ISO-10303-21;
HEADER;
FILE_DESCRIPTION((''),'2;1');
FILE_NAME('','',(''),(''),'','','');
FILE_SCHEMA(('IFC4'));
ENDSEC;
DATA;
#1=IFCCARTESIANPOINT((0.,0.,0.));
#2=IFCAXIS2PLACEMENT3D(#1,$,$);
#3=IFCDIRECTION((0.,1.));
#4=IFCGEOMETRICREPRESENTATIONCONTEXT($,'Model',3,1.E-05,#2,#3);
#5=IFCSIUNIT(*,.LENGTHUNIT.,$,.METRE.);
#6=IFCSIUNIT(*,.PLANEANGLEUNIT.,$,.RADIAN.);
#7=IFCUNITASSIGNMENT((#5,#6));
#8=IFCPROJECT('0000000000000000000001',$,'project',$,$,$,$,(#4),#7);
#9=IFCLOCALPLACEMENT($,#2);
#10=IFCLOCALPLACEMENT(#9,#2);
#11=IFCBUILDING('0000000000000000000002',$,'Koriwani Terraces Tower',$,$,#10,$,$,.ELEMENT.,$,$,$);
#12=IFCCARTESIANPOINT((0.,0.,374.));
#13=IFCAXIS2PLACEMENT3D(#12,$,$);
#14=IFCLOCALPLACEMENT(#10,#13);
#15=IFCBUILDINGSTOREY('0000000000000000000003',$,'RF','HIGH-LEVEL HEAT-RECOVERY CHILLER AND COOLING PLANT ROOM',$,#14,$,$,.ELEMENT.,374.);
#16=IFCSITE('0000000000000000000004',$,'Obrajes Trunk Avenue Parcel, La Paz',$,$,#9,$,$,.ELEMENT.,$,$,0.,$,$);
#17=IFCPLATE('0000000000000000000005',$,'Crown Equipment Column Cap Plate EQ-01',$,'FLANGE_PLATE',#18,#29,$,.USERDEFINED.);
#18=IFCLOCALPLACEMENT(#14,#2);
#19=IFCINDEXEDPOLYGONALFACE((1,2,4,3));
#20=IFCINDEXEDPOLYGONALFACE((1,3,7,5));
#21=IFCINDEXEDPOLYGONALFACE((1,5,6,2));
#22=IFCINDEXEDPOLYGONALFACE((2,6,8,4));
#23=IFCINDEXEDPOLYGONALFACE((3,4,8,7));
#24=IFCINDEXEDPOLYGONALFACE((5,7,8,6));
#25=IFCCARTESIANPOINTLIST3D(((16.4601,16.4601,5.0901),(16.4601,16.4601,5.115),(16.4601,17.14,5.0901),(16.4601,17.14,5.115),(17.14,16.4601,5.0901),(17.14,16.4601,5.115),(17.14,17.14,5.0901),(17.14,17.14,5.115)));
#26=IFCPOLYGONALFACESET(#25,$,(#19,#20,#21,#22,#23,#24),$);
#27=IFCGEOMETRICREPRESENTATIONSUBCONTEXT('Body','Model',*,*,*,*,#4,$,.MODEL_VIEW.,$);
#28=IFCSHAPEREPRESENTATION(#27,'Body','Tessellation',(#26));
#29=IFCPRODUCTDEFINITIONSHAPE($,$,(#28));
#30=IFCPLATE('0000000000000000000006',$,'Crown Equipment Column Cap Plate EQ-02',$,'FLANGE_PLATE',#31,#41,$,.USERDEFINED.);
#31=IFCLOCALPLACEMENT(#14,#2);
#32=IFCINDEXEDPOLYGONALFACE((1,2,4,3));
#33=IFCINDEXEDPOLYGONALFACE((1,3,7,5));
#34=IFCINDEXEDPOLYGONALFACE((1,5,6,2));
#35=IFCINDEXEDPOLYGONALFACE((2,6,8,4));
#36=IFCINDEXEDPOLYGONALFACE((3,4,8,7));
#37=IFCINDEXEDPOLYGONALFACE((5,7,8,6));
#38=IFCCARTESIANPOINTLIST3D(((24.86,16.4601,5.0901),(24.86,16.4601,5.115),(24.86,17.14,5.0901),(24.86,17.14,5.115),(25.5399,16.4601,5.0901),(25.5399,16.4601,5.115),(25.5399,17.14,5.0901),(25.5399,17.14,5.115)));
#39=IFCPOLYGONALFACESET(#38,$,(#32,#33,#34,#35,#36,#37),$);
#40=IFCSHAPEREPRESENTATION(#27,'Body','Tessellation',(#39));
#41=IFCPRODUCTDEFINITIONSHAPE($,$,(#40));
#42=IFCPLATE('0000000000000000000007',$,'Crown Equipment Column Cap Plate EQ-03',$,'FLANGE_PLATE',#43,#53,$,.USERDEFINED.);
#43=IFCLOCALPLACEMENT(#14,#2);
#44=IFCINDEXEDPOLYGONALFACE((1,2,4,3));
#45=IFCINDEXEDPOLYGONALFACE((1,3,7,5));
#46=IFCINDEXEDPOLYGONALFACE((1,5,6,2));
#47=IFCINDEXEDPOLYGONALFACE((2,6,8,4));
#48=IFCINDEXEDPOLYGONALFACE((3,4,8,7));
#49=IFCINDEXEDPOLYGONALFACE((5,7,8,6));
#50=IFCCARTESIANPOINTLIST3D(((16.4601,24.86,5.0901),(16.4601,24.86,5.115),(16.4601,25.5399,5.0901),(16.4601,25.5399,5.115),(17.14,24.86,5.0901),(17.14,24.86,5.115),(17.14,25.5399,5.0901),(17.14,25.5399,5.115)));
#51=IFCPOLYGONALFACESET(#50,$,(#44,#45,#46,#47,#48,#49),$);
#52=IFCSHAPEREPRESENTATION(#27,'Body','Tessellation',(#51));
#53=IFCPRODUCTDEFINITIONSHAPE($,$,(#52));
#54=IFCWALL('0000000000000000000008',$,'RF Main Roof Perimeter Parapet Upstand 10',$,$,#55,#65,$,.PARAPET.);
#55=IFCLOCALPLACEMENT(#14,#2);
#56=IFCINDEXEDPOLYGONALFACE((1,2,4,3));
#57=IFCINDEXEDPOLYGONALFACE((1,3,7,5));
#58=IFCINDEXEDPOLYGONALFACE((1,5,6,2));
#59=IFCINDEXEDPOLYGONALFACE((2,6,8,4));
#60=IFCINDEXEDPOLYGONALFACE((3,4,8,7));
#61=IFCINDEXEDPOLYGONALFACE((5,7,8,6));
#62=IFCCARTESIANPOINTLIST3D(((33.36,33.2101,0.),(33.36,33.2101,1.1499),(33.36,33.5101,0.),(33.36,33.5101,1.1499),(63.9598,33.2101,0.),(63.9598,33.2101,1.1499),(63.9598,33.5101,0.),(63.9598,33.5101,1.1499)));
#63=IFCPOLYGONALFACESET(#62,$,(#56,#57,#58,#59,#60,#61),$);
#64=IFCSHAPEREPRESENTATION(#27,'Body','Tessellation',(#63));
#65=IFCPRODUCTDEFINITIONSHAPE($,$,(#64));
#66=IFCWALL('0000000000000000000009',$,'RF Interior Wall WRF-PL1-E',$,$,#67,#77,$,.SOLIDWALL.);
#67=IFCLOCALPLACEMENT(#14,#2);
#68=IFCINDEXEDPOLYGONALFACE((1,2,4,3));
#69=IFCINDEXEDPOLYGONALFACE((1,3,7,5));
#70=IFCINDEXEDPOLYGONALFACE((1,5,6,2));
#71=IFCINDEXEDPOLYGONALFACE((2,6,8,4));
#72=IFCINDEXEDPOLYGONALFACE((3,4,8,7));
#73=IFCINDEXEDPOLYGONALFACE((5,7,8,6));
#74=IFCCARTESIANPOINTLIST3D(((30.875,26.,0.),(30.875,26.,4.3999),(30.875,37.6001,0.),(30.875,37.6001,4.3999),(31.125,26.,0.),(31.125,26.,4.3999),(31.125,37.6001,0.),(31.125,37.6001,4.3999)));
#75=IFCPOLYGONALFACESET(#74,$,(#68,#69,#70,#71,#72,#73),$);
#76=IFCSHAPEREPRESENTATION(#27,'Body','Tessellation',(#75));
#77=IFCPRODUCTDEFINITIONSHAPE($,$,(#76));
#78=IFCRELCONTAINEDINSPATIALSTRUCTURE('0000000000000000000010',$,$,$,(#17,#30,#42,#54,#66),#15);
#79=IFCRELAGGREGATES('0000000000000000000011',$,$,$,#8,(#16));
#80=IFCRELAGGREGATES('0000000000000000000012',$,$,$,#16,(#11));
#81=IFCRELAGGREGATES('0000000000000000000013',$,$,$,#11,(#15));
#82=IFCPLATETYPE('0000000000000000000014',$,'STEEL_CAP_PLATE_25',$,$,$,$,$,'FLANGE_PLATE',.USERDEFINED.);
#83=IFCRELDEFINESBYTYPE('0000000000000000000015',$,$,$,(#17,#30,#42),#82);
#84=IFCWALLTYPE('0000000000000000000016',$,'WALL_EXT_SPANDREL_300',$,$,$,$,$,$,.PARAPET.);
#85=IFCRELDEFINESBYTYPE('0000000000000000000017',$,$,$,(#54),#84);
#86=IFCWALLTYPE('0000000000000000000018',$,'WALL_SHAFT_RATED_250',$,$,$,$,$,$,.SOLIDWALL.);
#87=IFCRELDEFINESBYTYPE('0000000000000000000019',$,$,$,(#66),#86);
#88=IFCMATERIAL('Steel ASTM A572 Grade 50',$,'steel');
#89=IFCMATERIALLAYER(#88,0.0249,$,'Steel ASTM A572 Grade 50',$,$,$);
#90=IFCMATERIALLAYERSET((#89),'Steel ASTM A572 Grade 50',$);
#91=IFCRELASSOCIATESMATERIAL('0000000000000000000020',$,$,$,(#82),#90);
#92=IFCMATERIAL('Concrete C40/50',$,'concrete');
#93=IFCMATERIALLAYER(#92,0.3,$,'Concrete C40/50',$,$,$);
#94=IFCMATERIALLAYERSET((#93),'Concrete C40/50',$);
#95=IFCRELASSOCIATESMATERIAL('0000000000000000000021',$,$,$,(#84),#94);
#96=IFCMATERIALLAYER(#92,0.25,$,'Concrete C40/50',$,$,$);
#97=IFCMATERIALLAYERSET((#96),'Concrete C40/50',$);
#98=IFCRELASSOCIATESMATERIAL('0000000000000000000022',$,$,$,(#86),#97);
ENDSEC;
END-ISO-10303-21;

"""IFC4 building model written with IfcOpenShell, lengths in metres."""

from ifc_helpers import new_model, si_unit, direction, frame, frame_2d, origin, origin_2d, place, context, subcontext, project, spatial, rectangle, extrude, material, layer, layer_set, type_object, element, save


model = new_model("IFC4")

# Units and contexts
model_context = context("Model", 3, precision=1e-05, world=origin(), true_north=direction((0.0, 1.0)))
body_context = subcontext(model_context, "Body", "Model", "MODEL_VIEW")
ifc_project = project(units=[si_unit("LENGTHUNIT", "METRE"), si_unit("PLANEANGLEUNIT", "RADIAN")], contexts=[model_context])

# Site, building, storey
site_placement = place(None, origin())
site = spatial("IfcSite", under=ifc_project, at=site_placement, Name="Obrajes Trunk Avenue Parcel, La Paz", CompositionType="ELEMENT", RefElevation=0.0)
building_placement = place(site_placement, origin())
building = spatial("IfcBuilding", under=site, at=building_placement, Name="Koriwani Terraces Tower", CompositionType="ELEMENT")
storey_placement = place(building_placement, frame((0.0, 0.0, 374.0)))
storey = spatial("IfcBuildingStorey", under=building, at=storey_placement, Name="RF", Description="HIGH-LEVEL HEAT-RECOVERY CHILLER AND COOLING PLANT ROOM", CompositionType="ELEMENT", Elevation=374.0)

# Shared definitions
ifc_material_1 = material(Name="Steel ASTM A572 Grade 50", Category="steel")

# Shared definitions
ifc_material_2 = material(Name="Concrete C40/50", Category="concrete")

# Plates
ifc_layer_1 = layer(ifc_material_1, 0.0249, Name="Steel ASTM A572 Grade 50")
ifc_layer_set_1 = layer_set([ifc_layer_1], Name="Steel ASTM A572 Grade 50")
plate_type_1 = type_object("IfcPlateType", Name="STEEL_CAP_PLATE_25", ElementType="FLANGE_PLATE", PredefinedType="USERDEFINED", material=ifc_layer_set_1)
for number, where, z_axis, x_axis, name in (
    (1, (16.8, 16.8, 5.0901), (0.0, 0.0, 1.0), (1.0, 0.0, 0.0), "Crown Equipment Column Cap Plate EQ-01"),
    (2, (25.2, 16.8, 5.0901), (0.0, 0.0, 1.0), (1.0, 0.0, 0.0), "Crown Equipment Column Cap Plate EQ-02"),
    (3, (16.8, 25.2, 5.0901), (0.0, 0.0, 1.0), (1.0, 0.0, 0.0), "Crown Equipment Column Cap Plate EQ-03"),
):
    element("IfcPlate", number, at=place(storey_placement, frame(where, z_axis=z_axis, x_axis=x_axis)), inside=storey, type_object=plate_type_1, Name=name, ObjectType="FLANGE_PLATE", PredefinedType="USERDEFINED", context=body_context, shape_type="SweptSolid", body=[
        extrude(rectangle(XDim=0.6799, YDim=0.6799, at=origin_2d()), origin(), (0.0, 0.0, 1.0), 0.0249),
    ])

# Walls
ifc_layer_2 = layer(ifc_material_2, 0.3, Name="Concrete C40/50")
ifc_layer_set_2 = layer_set([ifc_layer_2], Name="Concrete C40/50")
wall_type_1 = type_object("IfcWallType", Name="WALL_EXT_SPANDREL_300", PredefinedType="PARAPET", material=ifc_layer_set_2)
wall_1_placement = place(storey_placement, frame((33.3601, 33.3601, 0.0), z_axis=(0.0, 0.0, 1.0), x_axis=(1.0, 0.0, 0.0)))
element("IfcWall", 4, at=wall_1_placement, inside=storey, type_object=wall_type_1, Name="RF Main Roof Perimeter Parapet Upstand 10", PredefinedType="PARAPET", context=body_context, shape_type="SweptSolid", body=[
    extrude(rectangle(XDim=30.5999, YDim=0.3, at=frame_2d((15.2998, 0.0))), origin(), (0.0, 0.0, 1.0), 1.1499),
])
ifc_layer_3 = layer(ifc_material_2, 0.25, Name="Concrete C40/50")
ifc_layer_set_3 = layer_set([ifc_layer_3], Name="Concrete C40/50")
wall_type_2 = type_object("IfcWallType", Name="WALL_SHAFT_RATED_250", PredefinedType="SOLIDWALL", material=ifc_layer_set_3)
wall_2_placement = place(storey_placement, frame((31.0, 26.0, 0.0), z_axis=(0.0, 0.0, 1.0), x_axis=(0.0, 1.0, 0.0)))
element("IfcWall", 5, at=wall_2_placement, inside=storey, type_object=wall_type_2, Name="RF Interior Wall WRF-PL1-E", PredefinedType="SOLIDWALL", context=body_context, shape_type="SweptSolid", body=[
    extrude(rectangle(XDim=11.6001, YDim=0.25, at=frame_2d((5.8, 0.0))), origin(), (0.0, 0.0, 1.0), 4.3999),
])

save(model, "model.ifc")
